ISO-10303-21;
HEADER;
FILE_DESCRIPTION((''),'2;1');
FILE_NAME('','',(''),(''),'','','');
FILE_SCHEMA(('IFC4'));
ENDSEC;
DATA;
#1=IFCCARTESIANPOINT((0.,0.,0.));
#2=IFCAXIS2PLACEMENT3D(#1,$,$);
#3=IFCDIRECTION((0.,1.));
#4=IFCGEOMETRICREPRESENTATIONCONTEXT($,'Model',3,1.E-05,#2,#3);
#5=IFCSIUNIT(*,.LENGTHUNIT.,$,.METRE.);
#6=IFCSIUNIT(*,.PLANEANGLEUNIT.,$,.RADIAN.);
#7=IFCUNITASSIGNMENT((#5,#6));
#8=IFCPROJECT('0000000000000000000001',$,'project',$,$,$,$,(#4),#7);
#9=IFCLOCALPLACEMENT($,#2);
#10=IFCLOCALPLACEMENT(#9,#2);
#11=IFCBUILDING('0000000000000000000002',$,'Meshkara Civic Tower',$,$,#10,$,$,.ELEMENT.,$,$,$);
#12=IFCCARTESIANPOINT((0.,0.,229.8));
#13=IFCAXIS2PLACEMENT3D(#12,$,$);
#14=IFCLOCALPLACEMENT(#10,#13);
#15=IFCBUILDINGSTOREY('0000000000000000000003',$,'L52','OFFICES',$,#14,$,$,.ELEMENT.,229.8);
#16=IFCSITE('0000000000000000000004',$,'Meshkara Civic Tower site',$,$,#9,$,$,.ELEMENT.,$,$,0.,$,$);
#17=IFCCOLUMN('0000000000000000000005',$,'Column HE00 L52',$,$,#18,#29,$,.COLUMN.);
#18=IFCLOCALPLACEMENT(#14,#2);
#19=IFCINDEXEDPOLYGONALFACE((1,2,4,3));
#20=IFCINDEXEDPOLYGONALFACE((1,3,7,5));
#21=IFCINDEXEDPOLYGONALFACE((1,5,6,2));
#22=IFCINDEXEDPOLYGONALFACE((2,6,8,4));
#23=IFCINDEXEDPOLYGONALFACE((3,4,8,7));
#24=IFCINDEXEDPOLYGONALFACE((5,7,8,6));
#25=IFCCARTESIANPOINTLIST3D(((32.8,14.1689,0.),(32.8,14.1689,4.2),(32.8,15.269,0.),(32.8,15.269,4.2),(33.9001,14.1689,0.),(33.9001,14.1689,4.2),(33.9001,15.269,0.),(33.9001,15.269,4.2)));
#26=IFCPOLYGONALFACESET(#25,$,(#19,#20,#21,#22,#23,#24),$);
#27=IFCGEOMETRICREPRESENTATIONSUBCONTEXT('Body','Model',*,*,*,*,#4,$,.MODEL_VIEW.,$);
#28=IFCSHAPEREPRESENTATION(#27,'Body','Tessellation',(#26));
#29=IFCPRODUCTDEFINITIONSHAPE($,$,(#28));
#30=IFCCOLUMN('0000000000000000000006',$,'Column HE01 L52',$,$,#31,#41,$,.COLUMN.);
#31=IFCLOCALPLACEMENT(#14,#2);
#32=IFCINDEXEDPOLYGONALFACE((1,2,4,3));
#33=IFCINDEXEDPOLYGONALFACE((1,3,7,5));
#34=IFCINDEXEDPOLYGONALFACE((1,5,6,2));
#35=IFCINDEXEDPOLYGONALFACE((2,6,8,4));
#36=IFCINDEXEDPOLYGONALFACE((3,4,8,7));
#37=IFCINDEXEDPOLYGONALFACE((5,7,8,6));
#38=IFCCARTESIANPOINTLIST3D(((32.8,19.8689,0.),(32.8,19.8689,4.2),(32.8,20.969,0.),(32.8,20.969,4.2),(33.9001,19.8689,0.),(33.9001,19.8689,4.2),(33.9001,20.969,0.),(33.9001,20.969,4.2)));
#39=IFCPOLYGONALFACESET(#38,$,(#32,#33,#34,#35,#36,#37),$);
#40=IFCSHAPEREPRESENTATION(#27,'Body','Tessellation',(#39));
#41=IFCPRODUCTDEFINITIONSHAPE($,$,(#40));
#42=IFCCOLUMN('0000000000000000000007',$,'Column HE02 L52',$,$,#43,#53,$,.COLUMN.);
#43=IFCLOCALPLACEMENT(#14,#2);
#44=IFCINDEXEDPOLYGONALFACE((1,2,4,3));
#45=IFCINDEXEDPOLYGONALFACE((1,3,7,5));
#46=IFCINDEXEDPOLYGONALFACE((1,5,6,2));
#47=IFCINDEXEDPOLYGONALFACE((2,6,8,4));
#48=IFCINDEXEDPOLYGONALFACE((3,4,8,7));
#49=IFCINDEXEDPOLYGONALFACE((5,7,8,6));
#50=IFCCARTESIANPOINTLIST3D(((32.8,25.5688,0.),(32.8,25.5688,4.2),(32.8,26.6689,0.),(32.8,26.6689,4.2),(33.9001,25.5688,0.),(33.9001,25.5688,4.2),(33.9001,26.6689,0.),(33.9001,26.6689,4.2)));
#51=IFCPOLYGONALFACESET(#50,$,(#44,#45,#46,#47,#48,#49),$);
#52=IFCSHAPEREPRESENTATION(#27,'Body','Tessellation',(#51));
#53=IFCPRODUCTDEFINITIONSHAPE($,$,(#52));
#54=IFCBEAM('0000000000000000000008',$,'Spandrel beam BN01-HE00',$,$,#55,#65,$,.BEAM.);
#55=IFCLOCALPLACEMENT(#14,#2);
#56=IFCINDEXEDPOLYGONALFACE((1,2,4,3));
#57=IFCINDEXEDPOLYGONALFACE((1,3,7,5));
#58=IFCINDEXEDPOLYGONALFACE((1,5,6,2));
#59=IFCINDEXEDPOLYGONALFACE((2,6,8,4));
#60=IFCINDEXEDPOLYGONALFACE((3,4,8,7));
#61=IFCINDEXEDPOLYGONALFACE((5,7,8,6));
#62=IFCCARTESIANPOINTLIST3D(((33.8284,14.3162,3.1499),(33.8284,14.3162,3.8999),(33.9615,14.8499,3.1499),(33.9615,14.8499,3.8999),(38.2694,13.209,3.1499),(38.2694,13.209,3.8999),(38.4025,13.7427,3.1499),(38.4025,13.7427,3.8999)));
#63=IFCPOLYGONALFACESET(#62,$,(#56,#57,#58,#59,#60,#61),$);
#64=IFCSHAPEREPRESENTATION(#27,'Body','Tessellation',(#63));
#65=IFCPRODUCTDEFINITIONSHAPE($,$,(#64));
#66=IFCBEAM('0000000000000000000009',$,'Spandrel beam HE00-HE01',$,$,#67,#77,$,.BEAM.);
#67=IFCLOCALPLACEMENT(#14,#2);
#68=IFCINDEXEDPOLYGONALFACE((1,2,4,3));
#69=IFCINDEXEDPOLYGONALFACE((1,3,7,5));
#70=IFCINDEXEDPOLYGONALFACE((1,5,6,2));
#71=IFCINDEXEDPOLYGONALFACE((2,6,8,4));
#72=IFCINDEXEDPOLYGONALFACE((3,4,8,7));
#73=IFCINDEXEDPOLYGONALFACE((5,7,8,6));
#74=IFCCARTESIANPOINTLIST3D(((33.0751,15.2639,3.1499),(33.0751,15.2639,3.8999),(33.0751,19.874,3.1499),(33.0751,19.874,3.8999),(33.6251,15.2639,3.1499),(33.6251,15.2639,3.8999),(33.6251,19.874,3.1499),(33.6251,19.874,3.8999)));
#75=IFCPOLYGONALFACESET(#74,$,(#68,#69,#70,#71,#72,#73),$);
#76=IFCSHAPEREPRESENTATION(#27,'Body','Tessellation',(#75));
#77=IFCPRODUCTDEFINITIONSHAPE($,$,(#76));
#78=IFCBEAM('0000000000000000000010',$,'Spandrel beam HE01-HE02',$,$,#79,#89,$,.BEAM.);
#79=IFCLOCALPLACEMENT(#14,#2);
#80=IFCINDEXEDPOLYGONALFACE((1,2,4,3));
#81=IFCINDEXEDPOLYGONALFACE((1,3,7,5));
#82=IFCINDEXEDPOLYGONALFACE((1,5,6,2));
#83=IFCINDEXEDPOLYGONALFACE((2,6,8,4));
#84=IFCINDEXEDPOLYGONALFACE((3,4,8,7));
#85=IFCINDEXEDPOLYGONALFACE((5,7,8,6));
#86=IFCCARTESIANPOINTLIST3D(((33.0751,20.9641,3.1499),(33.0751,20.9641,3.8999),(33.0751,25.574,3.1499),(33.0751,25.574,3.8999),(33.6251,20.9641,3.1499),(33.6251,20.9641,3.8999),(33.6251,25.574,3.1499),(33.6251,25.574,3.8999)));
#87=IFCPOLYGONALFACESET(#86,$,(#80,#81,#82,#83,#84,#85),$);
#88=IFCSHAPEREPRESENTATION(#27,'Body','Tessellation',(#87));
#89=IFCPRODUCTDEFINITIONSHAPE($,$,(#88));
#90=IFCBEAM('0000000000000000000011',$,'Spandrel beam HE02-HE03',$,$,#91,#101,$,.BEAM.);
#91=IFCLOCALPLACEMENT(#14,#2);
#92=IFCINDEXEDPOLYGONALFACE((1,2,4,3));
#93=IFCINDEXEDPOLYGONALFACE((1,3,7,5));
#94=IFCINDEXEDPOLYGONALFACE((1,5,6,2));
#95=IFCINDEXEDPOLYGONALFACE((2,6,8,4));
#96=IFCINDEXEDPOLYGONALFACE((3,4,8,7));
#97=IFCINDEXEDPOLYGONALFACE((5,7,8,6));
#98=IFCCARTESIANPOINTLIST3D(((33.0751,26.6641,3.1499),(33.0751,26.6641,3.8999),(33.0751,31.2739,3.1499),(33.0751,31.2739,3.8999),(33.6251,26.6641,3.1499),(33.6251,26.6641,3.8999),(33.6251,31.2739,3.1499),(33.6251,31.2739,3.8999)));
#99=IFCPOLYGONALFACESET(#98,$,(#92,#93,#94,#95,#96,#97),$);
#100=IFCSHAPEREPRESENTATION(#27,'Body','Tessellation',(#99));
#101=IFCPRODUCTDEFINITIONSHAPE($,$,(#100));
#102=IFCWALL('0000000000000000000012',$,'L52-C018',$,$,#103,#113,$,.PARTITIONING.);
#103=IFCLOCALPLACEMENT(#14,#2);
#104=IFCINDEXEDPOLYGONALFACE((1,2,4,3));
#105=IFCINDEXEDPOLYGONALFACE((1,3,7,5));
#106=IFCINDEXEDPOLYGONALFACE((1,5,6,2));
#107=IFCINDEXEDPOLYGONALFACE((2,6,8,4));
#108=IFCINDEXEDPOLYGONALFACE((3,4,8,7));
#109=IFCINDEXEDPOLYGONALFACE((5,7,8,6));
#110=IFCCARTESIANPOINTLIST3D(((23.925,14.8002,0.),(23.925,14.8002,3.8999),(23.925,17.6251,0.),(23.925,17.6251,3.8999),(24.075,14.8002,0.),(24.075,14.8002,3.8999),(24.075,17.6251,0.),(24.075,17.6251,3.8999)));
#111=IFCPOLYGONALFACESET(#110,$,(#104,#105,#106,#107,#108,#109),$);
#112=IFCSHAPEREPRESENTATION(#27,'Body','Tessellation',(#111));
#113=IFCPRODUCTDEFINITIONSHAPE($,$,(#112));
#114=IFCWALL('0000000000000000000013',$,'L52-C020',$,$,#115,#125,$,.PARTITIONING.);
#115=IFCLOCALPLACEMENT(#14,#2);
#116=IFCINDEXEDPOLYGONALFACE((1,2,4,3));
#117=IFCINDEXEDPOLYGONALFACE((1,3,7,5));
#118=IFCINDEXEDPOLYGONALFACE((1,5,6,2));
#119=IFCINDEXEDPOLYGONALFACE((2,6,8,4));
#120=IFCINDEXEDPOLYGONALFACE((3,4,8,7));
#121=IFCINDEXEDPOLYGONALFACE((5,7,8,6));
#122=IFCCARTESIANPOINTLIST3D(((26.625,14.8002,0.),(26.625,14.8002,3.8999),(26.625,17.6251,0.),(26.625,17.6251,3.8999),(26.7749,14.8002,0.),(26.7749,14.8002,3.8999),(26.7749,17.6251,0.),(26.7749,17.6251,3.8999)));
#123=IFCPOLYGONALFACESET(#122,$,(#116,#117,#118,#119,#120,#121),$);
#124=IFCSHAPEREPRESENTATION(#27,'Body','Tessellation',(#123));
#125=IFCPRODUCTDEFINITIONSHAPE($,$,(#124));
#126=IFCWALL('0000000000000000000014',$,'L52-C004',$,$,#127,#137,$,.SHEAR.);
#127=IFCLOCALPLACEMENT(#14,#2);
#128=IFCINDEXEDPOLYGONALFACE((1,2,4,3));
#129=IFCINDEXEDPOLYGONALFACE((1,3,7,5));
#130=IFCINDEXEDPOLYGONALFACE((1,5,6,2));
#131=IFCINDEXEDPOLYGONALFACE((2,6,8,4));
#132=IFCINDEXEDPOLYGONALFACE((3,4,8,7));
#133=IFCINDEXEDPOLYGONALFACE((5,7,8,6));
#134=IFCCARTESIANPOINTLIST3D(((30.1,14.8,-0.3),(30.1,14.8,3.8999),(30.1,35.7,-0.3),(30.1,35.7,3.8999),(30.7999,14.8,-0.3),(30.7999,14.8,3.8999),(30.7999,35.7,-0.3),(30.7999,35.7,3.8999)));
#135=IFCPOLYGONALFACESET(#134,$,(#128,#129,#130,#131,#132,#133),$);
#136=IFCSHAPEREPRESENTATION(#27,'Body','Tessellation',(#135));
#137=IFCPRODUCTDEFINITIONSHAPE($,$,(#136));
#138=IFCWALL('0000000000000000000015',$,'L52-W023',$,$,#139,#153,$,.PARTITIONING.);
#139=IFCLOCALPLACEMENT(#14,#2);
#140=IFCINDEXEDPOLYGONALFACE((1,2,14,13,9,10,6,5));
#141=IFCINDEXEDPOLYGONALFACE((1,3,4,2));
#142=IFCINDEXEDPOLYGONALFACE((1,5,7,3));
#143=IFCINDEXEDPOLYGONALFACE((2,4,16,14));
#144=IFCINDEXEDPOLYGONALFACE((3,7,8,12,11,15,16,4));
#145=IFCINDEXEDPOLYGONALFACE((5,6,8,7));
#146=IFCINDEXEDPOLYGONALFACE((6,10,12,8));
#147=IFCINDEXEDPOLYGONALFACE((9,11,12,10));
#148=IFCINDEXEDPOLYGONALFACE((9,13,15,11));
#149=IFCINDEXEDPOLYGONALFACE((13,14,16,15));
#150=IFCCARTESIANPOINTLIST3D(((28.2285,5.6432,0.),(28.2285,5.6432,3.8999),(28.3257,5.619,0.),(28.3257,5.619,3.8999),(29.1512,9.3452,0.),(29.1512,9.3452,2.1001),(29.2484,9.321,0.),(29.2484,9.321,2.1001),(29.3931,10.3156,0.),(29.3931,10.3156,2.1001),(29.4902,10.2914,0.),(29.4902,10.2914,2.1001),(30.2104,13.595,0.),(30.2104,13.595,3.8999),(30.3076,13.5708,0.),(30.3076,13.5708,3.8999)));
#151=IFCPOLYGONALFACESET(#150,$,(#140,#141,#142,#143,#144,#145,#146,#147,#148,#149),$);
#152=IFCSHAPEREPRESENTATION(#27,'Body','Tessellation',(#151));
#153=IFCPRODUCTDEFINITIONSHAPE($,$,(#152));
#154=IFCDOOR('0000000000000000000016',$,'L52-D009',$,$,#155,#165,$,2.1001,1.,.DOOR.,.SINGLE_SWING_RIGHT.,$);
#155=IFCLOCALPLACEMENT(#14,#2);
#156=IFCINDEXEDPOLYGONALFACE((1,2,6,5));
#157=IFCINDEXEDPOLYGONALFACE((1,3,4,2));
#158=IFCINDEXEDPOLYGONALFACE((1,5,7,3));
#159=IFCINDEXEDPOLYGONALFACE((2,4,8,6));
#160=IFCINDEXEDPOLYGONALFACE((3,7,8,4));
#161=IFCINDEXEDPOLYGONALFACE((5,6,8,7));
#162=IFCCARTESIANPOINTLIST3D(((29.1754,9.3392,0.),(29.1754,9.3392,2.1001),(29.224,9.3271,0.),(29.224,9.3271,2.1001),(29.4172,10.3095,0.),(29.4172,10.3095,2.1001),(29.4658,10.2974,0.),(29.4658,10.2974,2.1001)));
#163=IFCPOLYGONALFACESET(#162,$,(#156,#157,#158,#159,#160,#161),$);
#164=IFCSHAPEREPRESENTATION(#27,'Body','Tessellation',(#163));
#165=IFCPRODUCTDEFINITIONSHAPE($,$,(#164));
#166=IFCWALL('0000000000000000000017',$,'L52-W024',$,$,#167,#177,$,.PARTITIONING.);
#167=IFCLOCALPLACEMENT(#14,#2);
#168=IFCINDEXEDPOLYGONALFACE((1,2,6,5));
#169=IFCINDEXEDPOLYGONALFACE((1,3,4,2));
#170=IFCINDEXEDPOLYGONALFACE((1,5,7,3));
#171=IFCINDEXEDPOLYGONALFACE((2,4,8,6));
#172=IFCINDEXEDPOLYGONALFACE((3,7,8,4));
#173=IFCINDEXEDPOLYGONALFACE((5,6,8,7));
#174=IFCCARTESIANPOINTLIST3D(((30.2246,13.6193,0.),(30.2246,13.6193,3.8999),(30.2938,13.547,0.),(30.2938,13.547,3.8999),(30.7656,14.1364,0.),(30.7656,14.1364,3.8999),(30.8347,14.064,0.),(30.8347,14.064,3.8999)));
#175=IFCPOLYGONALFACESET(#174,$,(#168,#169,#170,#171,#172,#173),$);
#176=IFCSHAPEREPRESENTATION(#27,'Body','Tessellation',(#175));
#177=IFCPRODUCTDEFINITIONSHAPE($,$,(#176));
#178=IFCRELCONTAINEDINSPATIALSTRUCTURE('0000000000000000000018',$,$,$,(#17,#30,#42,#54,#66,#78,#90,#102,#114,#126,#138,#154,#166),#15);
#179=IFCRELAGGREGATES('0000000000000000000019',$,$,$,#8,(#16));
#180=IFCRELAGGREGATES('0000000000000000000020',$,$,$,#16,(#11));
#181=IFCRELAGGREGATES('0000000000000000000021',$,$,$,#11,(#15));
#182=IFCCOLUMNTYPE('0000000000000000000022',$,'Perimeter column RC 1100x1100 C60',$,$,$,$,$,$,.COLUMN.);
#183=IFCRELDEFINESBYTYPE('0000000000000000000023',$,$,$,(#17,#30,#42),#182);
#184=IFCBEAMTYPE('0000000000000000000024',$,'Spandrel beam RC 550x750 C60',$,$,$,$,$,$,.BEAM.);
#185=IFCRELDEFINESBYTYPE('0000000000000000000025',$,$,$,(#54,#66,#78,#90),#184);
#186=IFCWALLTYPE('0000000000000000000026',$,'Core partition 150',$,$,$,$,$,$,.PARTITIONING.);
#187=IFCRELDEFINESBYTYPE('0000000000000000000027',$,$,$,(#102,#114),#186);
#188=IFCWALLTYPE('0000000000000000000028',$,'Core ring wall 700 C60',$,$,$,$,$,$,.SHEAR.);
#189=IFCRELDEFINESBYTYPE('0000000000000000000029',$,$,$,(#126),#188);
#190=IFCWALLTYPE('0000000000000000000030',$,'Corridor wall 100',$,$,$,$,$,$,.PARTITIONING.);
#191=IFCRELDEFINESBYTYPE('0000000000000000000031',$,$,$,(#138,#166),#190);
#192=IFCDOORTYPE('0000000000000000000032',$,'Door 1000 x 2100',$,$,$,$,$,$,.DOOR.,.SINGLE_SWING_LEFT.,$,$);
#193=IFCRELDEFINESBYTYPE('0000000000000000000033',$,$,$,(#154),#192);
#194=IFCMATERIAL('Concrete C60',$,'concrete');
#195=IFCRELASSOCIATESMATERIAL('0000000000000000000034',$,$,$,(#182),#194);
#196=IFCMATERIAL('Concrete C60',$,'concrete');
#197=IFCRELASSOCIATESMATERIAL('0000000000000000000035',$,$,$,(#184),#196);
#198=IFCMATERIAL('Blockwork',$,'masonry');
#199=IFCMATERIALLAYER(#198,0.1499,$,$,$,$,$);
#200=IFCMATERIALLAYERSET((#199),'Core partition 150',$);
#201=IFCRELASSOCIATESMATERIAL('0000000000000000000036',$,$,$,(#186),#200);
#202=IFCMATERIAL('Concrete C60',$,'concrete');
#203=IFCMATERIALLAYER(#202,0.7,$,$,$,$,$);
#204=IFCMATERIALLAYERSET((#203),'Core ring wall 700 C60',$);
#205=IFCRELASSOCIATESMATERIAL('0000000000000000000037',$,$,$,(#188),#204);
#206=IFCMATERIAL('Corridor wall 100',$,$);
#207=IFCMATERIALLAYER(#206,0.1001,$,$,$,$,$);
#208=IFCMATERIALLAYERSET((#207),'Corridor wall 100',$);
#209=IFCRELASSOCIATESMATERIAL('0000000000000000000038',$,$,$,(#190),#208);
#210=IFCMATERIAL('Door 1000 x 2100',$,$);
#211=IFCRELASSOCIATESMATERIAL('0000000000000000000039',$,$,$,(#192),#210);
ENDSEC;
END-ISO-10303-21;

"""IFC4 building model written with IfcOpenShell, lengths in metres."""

from ifc_helpers import new_model, si_unit, direction, frame, frame_2d, origin, origin_2d, place, context, subcontext, project, spatial, rectangle, extrude, material, layer, layer_set, material_profile, profile_set, type_object, element, fill, save


model = new_model("IFC4")

# Units and contexts
model_context = context("Model", 3, precision=1e-05, world=origin(), true_north=direction((0.0, 1.0)))
body_context = subcontext(model_context, "Body", "Model", "MODEL_VIEW")
ifc_project = project(units=[si_unit("LENGTHUNIT", "METRE"), si_unit("PLANEANGLEUNIT", "RADIAN")], contexts=[model_context])

# Site, building, storey
site_placement = place(None, origin())
site = spatial("IfcSite", under=ifc_project, at=site_placement, Name="Meshkara Civic Tower site", CompositionType="ELEMENT", RefElevation=0.0)
building_placement = place(site_placement, origin())
building = spatial("IfcBuilding", under=site, at=building_placement, Name="Meshkara Civic Tower", CompositionType="ELEMENT")
storey_placement = place(building_placement, frame((0.0, 0.0, 229.8)))
storey = spatial("IfcBuildingStorey", under=building, at=storey_placement, Name="L52", Description="OFFICES", CompositionType="ELEMENT", Elevation=229.8)

# Columns
ifc_material_1 = material(Name="Concrete C60", Category="concrete")
ifc_material_profile_1 = material_profile(ifc_material_1, rectangle(XDim=1.1001, YDim=1.1001, at=origin_2d()))
ifc_profile_set_1 = profile_set([ifc_material_profile_1], Name="Concrete C60")
column_type = type_object("IfcColumnType", Name="Perimeter column RC 1100x1100 C60", PredefinedType="COLUMN", material=ifc_profile_set_1)
for number, where, z_axis, x_axis, name in (
    (1, (33.3501, 14.719, 0.0), (0.0, 0.0, 1.0), (1.0, 0.0, 0.0), "Column HE00 L52"),
    (2, (33.3501, 20.4189, 0.0), (0.0, 0.0, 1.0), (1.0, 0.0, 0.0), "Column HE01 L52"),
    (3, (33.3501, 26.1189, 0.0), (0.0, 0.0, 1.0), (1.0, 0.0, 0.0), "Column HE02 L52"),
):
    element("IfcColumn", number, at=place(storey_placement, frame(where, z_axis=z_axis, x_axis=x_axis)), inside=storey, type_object=column_type, Name=name, PredefinedType="COLUMN", context=body_context, shape_type="SweptSolid", body=[
        extrude(rectangle(XDim=1.1001, YDim=1.1001, at=origin_2d()), origin(), (0.0, 0.0, 1.0), 4.2),
    ])

# Beams
ifc_material_2 = material(Name="Concrete C60", Category="concrete")
ifc_material_profile_2 = material_profile(ifc_material_2, rectangle(XDim=0.55, YDim=0.75, at=origin_2d()))
ifc_profile_set_2 = profile_set([ifc_material_profile_2], Name="Concrete C60")
beam_type = type_object("IfcBeamType", Name="Spandrel beam RC 550x750 C60", PredefinedType="BEAM", material=ifc_profile_set_2)
beam_1_placement = place(storey_placement, frame((38.3359, 13.4758, 3.5249), z_axis=(-0.970299, 0.241908, 0.0), x_axis=(-0.241908, -0.970299, 0.0)))
element("IfcBeam", 4, at=beam_1_placement, inside=storey, type_object=beam_type, Name="Spandrel beam BN01-HE00", PredefinedType="BEAM", context=body_context, shape_type="SweptSolid", body=[
    extrude(rectangle(XDim=0.55, YDim=0.75, at=origin_2d()), origin(), (0.0, 0.0, 1.0), 4.5769),
])
beam_2_placement = place(storey_placement, frame((33.3501, 15.2639, 3.5249), z_axis=(0.0, 1.0, 0.0), x_axis=(-1.0, 0.0, 0.0)))
element("IfcBeam", 5, at=beam_2_placement, inside=storey, type_object=beam_type, Name="Spandrel beam HE00-HE01", PredefinedType="BEAM", context=body_context, shape_type="SweptSolid", body=[
    extrude(rectangle(XDim=0.55, YDim=0.75, at=origin_2d()), origin(), (0.0, 0.0, 1.0), 4.6101),
])
for number, where, z_axis, x_axis, name in (
    (6, (33.3501, 20.9641, 3.5249), (0.0, 1.0, 0.0), (-1.0, 0.0, 0.0), "Spandrel beam HE01-HE02"),
    (7, (33.3501, 26.6641, 3.5249), (0.0, 1.0, 0.0), (-1.0, 0.0, 0.0), "Spandrel beam HE02-HE03"),
):
    element("IfcBeam", number, at=place(storey_placement, frame(where, z_axis=z_axis, x_axis=x_axis)), inside=storey, type_object=beam_type, Name=name, PredefinedType="BEAM", context=body_context, shape_type="SweptSolid", body=[
        extrude(rectangle(XDim=0.55, YDim=0.75, at=origin_2d()), origin(), (0.0, 0.0, 1.0), 4.6099),
    ])

# Walls
ifc_material_3 = material(Name="Blockwork", Category="masonry")
ifc_layer_1 = layer(ifc_material_3, 0.1499)
ifc_layer_set_1 = layer_set([ifc_layer_1], Name="Core partition 150")
wall_type_1 = type_object("IfcWallType", Name="Core partition 150", PredefinedType="PARTITIONING", material=ifc_layer_set_1)
for number, where, z_axis, x_axis, name in (
    (8, (24.0, 14.8, 0.0), (0.0, 0.0, 1.0), (0.0, 1.0, 0.0), "L52-C018"),
    (9, (26.7, 14.8, 0.0), (0.0, 0.0, 1.0), (0.0, 1.0, 0.0), "L52-C020"),
):
    element("IfcWall", number, at=place(storey_placement, frame(where, z_axis=z_axis, x_axis=x_axis)), inside=storey, type_object=wall_type_1, Name=name, PredefinedType="PARTITIONING", context=body_context, shape_type="SweptSolid", body=[
        extrude(rectangle(XDim=2.825, YDim=0.1499, at=frame_2d((1.4126, 0.0))), origin(), (0.0, 0.0, 1.0), 3.8999),
    ])
ifc_material_4 = material(Name="Concrete C60", Category="concrete")
ifc_layer_2 = layer(ifc_material_4, 0.7)
ifc_layer_set_2 = layer_set([ifc_layer_2], Name="Core ring wall 700 C60")
wall_type_2 = type_object("IfcWallType", Name="Core ring wall 700 C60", PredefinedType="SHEAR", material=ifc_layer_set_2)
wall_1_placement = place(storey_placement, frame((30.45, 14.8, -0.3), z_axis=(0.0, 0.0, 1.0), x_axis=(0.0, 1.0, 0.0)))
element("IfcWall", 10, at=wall_1_placement, inside=storey, type_object=wall_type_2, Name="L52-C004", PredefinedType="SHEAR", context=body_context, shape_type="SweptSolid", body=[
    extrude(rectangle(XDim=20.8999, YDim=0.7, at=frame_2d((10.45, 0.0))), origin(), (0.0, 0.0, 1.0), 4.2),
])

# Wall, opening, door
ifc_material_5 = material(Name="Corridor wall 100")
ifc_layer_3 = layer(ifc_material_5, 0.1001)
ifc_layer_set_3 = layer_set([ifc_layer_3], Name="Corridor wall 100")
wall_type_3 = type_object("IfcWallType", Name="Corridor wall 100", PredefinedType="PARTITIONING", material=ifc_layer_set_3)
wall_2_placement = place(storey_placement, frame((30.259, 13.583, 0.0), z_axis=(0.0, 0.0, 1.0), x_axis=(-0.241842, -0.970316, 0.0)))
wall_2 = element("IfcWall", 11, at=wall_2_placement, inside=storey, type_object=wall_type_3, Name="L52-W023", PredefinedType="PARTITIONING", context=body_context, shape_type="SweptSolid", body=[
    extrude(rectangle(XDim=8.1951, YDim=0.1001, at=frame_2d((4.0977, 0.0))), origin(), (0.0, 0.0, 1.0), 3.8999),
])
opening_1_placement = place(wall_2_placement, frame((3.3799, 0.0, 0.0)))
opening_1 = element("IfcOpeningElement", 12, at=opening_1_placement, cuts=wall_2, PredefinedType="OPENING", context=body_context, shape_type="SweptSolid", body=[
    extrude(rectangle(XDim=1.0, YDim=2.1001, at=frame_2d((0.5, 1.05))), frame((0.0, 0.0601, 0.0), z_axis=(0.0, -1.0, 0.0), x_axis=(1.0, 0.0, 0.0)), (0.0, 0.0, 1.0), 0.1201),
])
ifc_material_6 = material(Name="Door 1000 x 2100")
door_type_1 = type_object("IfcDoorType", Name="Door 1000 x 2100", OperationType="SINGLE_SWING_LEFT", PredefinedType="DOOR", material=ifc_material_6)
door_1_placement = place(opening_1_placement, origin())
door_1 = element("IfcDoor", 13, at=door_1_placement, inside=storey, type_object=door_type_1, Name="L52-D009", OperationType="SINGLE_SWING_RIGHT", OverallHeight=2.1001, OverallWidth=1.0, PredefinedType="DOOR", context=body_context, shape_type="SweptSolid", body=[
    extrude(rectangle(XDim=1.0, YDim=2.1001, at=frame_2d((0.5, 1.05))), frame((0.0, 0.0249, 0.0), z_axis=(0.0, -1.0, 0.0), x_axis=(1.0, 0.0, 0.0)), (0.0, 0.0, 1.0), 0.05),
])
fill(opening_1, door_1)

# Wall
wall_3_placement = place(storey_placement, frame((30.8, 14.1001, 0.0), z_axis=(0.0, 0.0, 1.0), x_axis=(-0.722911, -0.690941, 0.0)))
element("IfcWall", 14, at=wall_3_placement, inside=storey, type_object=wall_type_3, Name="L52-W024", PredefinedType="PARTITIONING", context=body_context, shape_type="SweptSolid", body=[
    extrude(rectangle(XDim=0.7483, YDim=0.1001, at=frame_2d((0.374, 0.0))), origin(), (0.0, 0.0, 1.0), 3.8999),
])

save(model, "model.ifc")
